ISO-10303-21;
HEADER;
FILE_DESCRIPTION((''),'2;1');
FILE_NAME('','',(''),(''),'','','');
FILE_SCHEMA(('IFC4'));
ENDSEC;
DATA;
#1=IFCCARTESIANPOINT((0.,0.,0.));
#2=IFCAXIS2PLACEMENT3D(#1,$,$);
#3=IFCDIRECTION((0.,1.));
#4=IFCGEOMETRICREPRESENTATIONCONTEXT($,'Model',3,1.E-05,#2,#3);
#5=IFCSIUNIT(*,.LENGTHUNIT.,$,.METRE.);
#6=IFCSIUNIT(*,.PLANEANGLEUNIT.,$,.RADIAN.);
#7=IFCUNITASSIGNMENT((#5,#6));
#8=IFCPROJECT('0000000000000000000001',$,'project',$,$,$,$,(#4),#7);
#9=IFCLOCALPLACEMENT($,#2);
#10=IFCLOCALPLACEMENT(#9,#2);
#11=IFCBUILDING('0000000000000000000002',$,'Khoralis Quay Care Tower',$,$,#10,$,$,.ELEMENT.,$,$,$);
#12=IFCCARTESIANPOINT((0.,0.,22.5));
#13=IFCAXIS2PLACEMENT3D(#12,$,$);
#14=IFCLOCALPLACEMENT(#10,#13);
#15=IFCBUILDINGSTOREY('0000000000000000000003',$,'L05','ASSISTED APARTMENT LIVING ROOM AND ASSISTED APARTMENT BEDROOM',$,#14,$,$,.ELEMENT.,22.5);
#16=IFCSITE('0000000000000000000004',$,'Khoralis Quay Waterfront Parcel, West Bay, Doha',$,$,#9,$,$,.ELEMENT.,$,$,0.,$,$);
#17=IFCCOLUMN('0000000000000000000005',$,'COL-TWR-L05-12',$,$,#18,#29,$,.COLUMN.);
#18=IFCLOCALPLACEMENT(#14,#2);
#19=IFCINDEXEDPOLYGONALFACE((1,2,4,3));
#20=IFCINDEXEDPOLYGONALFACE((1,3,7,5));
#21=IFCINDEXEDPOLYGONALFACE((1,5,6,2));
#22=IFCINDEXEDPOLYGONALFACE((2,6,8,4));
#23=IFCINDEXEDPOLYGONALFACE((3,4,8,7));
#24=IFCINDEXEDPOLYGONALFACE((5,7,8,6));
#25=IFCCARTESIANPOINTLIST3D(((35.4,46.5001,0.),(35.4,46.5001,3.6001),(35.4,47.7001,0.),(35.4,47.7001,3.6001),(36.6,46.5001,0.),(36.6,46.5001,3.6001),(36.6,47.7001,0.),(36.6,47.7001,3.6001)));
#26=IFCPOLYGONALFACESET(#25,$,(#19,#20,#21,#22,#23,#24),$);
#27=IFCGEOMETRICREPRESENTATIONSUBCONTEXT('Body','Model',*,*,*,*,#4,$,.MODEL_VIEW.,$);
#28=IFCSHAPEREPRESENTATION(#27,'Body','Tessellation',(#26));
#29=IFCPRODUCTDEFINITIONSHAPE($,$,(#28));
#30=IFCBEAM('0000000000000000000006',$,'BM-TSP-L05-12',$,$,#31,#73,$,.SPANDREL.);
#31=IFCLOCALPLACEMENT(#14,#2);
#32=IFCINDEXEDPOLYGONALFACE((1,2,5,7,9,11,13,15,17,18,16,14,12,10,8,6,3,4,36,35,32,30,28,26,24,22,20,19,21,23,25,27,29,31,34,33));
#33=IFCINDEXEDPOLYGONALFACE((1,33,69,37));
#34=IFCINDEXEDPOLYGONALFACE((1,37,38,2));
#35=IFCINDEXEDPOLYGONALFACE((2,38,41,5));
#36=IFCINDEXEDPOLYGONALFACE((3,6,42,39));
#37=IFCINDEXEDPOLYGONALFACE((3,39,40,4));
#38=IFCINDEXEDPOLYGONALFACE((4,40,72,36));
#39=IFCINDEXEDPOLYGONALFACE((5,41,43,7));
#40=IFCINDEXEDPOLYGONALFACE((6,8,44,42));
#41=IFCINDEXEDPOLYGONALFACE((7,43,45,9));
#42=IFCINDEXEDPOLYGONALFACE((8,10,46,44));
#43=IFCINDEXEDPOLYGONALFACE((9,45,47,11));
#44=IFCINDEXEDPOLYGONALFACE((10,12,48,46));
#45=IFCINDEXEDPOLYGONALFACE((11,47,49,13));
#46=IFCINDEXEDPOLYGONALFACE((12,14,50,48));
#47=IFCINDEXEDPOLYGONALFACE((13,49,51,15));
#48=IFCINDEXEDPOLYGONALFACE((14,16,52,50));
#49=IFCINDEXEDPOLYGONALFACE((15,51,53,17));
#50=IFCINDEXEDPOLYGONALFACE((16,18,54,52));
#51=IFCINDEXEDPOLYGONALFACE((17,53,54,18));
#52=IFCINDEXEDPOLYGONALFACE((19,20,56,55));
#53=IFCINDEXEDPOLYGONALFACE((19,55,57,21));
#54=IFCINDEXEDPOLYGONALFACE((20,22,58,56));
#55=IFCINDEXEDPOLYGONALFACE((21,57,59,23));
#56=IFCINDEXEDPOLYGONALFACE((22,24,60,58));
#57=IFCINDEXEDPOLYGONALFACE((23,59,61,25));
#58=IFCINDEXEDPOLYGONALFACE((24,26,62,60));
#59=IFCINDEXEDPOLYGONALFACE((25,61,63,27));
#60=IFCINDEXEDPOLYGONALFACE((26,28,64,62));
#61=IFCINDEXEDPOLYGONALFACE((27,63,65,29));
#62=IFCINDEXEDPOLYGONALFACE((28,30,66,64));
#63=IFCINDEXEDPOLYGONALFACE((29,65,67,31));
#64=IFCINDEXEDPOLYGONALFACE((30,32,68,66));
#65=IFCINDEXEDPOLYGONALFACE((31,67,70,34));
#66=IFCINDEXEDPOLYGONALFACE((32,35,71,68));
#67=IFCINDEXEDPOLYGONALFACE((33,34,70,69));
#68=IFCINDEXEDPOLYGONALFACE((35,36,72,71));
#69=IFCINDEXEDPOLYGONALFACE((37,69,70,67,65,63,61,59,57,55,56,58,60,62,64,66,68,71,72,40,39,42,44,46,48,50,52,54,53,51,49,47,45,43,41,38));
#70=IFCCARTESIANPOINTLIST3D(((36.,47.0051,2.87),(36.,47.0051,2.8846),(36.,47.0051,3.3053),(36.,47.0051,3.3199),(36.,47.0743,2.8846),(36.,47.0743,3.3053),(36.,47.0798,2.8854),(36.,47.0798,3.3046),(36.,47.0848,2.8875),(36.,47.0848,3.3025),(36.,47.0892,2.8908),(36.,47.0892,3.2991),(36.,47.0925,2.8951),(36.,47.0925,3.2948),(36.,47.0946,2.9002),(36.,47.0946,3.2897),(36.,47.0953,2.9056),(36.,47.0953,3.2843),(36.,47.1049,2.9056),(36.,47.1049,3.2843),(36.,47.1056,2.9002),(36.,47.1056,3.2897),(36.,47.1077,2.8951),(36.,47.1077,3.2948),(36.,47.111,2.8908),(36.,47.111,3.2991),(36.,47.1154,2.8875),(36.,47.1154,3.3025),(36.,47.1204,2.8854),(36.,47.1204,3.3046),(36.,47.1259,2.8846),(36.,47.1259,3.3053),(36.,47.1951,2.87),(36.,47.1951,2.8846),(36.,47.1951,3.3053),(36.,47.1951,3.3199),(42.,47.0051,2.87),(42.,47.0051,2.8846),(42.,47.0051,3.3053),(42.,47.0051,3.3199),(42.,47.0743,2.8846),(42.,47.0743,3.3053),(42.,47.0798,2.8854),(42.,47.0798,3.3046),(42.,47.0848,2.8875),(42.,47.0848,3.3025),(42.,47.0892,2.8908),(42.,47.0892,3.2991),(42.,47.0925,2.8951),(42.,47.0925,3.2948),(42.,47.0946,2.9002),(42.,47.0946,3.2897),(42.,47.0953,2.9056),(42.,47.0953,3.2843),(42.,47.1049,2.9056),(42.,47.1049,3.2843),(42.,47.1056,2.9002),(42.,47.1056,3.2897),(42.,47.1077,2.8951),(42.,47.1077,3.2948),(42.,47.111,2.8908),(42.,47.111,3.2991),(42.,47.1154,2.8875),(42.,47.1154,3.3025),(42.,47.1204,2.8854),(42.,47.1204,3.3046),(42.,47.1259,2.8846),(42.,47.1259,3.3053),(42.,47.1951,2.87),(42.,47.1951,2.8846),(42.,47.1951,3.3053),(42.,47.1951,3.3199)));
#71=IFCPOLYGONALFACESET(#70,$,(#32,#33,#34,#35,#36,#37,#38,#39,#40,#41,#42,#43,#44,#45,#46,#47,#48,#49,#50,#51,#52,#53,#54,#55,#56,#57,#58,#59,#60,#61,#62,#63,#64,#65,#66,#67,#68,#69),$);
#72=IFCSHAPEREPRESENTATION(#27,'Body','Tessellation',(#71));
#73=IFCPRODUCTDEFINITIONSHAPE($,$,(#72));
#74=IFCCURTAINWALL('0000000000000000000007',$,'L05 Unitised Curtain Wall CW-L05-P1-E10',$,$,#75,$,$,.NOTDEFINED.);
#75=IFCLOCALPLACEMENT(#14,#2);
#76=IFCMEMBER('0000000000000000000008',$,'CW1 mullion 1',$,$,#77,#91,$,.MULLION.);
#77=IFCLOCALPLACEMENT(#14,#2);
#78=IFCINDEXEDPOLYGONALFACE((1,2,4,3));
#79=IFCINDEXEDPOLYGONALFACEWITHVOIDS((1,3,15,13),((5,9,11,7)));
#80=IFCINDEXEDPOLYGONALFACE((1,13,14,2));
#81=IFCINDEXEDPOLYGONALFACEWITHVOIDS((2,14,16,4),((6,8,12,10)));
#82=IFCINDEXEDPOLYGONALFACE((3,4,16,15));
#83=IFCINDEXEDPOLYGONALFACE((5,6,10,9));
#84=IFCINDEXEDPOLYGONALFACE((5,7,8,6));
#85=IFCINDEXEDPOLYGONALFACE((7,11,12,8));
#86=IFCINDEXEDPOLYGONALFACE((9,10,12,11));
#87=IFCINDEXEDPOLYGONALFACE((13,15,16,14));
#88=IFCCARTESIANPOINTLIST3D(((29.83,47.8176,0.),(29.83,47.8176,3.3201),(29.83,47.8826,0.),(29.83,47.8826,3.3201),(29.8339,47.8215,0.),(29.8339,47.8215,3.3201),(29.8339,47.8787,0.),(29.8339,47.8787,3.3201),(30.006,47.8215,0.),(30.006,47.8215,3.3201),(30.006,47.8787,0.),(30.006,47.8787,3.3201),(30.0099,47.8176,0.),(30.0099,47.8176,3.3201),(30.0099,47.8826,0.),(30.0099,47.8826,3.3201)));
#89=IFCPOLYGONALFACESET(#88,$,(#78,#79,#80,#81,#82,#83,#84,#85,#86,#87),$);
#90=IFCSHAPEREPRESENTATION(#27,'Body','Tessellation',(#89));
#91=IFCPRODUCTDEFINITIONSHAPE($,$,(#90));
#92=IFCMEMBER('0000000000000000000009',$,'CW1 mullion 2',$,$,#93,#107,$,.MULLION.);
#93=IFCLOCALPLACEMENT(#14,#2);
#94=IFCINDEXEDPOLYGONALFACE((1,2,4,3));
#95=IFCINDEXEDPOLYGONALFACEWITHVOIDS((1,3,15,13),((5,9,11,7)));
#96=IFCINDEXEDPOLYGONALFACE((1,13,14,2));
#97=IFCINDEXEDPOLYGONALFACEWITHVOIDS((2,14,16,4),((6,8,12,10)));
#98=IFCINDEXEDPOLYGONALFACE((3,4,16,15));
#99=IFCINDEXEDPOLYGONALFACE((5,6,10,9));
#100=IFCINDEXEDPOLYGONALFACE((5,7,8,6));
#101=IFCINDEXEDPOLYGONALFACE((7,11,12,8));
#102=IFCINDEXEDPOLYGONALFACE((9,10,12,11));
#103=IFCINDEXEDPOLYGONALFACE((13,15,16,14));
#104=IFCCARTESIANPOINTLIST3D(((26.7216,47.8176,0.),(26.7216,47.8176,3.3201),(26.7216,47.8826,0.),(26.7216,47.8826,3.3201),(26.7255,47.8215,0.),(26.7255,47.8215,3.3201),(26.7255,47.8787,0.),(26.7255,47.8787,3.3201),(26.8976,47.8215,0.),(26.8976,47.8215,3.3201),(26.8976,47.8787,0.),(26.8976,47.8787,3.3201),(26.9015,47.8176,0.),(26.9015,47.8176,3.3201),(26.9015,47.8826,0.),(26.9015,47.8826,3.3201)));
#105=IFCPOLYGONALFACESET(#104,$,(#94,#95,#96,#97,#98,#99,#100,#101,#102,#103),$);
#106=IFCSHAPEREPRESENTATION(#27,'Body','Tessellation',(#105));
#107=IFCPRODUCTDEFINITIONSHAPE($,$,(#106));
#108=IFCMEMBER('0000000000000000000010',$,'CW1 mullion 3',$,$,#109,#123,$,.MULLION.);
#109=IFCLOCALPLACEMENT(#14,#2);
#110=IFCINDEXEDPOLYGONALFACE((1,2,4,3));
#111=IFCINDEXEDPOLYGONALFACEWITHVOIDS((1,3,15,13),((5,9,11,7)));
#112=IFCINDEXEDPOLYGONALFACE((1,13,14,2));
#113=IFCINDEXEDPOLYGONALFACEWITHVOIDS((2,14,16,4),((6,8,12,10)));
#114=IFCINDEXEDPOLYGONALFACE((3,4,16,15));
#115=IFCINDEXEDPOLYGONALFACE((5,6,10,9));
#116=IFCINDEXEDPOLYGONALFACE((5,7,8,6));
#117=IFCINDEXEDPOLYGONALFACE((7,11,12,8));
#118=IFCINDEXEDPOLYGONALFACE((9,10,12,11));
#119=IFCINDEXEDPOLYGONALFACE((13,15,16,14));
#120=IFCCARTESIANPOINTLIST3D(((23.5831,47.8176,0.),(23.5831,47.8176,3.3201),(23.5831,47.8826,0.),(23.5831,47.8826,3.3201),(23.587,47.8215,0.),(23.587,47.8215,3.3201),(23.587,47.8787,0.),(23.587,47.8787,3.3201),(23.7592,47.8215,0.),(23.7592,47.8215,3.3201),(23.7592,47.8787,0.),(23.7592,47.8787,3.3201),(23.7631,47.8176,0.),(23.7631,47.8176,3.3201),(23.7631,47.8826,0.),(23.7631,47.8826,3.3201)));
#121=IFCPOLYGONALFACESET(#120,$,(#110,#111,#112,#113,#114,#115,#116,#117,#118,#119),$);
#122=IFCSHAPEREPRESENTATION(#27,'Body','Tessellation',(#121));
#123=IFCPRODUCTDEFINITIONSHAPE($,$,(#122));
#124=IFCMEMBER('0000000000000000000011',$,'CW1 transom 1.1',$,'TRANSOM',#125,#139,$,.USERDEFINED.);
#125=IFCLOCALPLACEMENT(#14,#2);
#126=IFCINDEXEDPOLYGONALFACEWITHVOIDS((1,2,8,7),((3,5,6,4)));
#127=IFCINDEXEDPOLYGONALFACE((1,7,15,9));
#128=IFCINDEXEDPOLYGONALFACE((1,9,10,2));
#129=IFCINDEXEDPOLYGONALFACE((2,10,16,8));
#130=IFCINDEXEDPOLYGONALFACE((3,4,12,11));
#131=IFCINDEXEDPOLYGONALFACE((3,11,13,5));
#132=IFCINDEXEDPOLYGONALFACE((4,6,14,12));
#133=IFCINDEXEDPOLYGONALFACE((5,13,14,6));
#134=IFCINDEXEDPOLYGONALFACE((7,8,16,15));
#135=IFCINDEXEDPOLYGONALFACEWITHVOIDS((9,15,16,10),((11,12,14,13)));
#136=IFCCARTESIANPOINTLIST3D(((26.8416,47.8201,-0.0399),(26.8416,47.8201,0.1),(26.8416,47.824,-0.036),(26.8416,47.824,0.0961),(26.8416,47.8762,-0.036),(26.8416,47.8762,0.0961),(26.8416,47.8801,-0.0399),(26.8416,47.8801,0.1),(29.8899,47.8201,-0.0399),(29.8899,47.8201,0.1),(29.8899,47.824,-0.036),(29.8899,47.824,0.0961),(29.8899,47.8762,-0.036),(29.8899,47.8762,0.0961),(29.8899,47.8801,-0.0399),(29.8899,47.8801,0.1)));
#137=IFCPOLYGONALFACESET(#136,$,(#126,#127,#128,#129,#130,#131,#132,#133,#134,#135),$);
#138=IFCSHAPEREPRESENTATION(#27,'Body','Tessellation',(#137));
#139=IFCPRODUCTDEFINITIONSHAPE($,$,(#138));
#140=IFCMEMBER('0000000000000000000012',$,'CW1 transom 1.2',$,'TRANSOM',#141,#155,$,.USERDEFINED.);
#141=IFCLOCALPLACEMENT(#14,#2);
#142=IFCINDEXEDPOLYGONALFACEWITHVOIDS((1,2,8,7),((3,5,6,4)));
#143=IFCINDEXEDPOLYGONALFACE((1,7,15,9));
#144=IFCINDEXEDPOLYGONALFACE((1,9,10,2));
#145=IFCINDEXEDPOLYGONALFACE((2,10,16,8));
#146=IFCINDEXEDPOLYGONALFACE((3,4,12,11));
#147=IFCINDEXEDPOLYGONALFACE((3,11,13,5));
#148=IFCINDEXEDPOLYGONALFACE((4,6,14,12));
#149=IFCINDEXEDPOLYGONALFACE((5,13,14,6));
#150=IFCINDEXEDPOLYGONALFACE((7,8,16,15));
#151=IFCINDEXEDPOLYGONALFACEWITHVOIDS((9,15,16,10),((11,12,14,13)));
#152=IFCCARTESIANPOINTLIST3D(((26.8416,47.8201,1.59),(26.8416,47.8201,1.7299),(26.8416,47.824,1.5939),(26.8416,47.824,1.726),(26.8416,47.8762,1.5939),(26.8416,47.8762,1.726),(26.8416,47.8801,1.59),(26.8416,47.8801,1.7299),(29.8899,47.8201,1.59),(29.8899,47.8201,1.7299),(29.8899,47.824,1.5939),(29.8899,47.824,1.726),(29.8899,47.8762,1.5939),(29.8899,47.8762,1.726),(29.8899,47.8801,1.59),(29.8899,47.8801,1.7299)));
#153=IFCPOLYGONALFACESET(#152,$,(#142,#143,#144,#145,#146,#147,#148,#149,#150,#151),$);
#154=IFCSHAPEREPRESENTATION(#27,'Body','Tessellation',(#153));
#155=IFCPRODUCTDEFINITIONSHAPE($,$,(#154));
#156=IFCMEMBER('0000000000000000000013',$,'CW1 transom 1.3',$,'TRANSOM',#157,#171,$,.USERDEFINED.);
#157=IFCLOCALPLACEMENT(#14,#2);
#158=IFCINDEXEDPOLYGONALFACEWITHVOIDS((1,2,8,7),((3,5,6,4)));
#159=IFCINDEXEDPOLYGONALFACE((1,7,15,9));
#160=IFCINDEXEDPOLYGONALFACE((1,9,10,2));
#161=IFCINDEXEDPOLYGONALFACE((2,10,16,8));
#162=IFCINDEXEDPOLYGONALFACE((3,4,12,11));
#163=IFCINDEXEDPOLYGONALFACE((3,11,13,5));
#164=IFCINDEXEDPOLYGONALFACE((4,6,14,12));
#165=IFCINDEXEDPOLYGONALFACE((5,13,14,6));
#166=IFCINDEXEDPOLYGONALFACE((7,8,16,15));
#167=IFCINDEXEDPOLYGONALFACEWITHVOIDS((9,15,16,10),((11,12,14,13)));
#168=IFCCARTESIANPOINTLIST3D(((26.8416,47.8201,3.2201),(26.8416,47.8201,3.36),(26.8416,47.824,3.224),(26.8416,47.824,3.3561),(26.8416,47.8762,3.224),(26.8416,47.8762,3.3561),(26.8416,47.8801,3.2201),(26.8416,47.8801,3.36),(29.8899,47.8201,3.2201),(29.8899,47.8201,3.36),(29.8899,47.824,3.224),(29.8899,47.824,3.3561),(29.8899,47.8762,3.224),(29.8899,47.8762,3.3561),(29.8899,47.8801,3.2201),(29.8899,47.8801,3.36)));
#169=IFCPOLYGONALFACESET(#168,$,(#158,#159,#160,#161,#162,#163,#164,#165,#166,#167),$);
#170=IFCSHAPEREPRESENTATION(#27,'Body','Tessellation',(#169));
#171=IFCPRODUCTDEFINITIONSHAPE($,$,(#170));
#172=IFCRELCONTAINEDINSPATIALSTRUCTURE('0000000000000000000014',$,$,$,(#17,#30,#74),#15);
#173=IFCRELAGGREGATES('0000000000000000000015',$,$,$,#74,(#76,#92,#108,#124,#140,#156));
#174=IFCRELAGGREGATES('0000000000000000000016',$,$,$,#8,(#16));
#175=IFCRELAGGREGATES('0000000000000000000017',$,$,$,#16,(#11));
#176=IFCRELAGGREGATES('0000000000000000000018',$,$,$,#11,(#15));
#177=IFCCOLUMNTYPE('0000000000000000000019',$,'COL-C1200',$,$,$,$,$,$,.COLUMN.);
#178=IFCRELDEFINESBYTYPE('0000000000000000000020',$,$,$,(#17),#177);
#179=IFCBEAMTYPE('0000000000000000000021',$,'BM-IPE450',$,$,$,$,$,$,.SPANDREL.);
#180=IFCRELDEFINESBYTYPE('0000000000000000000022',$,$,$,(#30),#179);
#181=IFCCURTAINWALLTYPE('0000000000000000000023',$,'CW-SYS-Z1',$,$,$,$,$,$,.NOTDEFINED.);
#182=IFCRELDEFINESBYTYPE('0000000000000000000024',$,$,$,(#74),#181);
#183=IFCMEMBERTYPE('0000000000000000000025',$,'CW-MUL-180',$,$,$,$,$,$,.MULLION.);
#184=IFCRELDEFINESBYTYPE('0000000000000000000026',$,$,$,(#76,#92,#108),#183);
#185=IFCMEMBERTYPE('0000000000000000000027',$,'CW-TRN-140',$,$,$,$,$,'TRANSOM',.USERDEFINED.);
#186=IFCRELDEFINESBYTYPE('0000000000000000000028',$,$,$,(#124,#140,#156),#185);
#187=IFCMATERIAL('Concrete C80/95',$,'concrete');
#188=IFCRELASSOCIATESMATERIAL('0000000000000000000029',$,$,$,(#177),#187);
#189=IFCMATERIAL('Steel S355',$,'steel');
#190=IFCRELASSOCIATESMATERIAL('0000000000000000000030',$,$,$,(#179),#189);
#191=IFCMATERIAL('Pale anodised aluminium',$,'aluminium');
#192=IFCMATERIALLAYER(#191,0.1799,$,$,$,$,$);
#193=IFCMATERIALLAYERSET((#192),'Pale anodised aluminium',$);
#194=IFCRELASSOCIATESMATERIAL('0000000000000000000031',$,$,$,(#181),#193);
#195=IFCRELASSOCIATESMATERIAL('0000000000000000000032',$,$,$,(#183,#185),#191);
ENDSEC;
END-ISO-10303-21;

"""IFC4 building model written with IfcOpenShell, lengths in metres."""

from ifc_helpers import new_model, si_unit, direction, frame, origin, origin_2d, place, context, subcontext, project, spatial, rectangle, hollow_rectangle, i_section, extrude, source, transform, mapped, material, layer, layer_set, material_profile, profile_set, type_object, element, aggregate, save


model = new_model("IFC4")

# Units and contexts
model_context = context("Model", 3, precision=1e-05, world=origin(), true_north=direction((0.0, 1.0)))
body_context = subcontext(model_context, "Body", "Model", "MODEL_VIEW")
ifc_project = project(units=[si_unit("LENGTHUNIT", "METRE"), si_unit("PLANEANGLEUNIT", "RADIAN")], contexts=[model_context])

# Site, building, storey
site_placement = place(None, origin())
site = spatial("IfcSite", under=ifc_project, at=site_placement, Name="Khoralis Quay Waterfront Parcel, West Bay, Doha", CompositionType="ELEMENT", RefElevation=0.0)
building_placement = place(site_placement, origin())
building = spatial("IfcBuilding", under=site, at=building_placement, Name="Khoralis Quay Care Tower", CompositionType="ELEMENT")
storey_placement = place(building_placement, frame((0.0, 0.0, 22.5)))
storey = spatial("IfcBuildingStorey", under=building, at=storey_placement, Name="L05", Description="ASSISTED APARTMENT LIVING ROOM AND ASSISTED APARTMENT BEDROOM", CompositionType="ELEMENT", Elevation=22.5)

# Column
ifc_material_1 = material(Name="Concrete C80/95", Category="concrete")
ifc_material_profile_1 = material_profile(ifc_material_1, rectangle(XDim=1.2, YDim=1.2, at=origin_2d()), Name="Concrete C80/95")
ifc_profile_set_1 = profile_set([ifc_material_profile_1], Name="Concrete C80/95")
column_type = type_object("IfcColumnType", Name="COL-C1200", PredefinedType="COLUMN", material=ifc_profile_set_1)
shared_shape_1 = source(origin(), body_context, "Body", "SweptSolid", [
    extrude(rectangle(XDim=1.2, YDim=1.2, at=origin_2d()), origin(), (0.0, 0.0, 1.0), 3.6001),
])
column_placement = place(storey_placement, frame((36.0, 47.1001, 0.0), z_axis=(0.0, 0.0, 1.0), x_axis=(1.0, 0.0, 0.0)))
element("IfcColumn", 1, at=column_placement, inside=storey, type_object=column_type, Name="COL-TWR-L05-12", PredefinedType="COLUMN", context=body_context, shape_type="MappedRepresentation", body=[
    mapped(shared_shape_1, transform((0.0, 0.0, 0.0), scale=1.0)),
])

# Beam
ifc_material_2 = material(Name="Steel S355", Category="steel")
ifc_material_profile_2 = material_profile(ifc_material_2, i_section(OverallWidth=0.1899, OverallDepth=0.45, WebThickness=0.0095, FlangeThickness=0.0146, FilletRadius=0.021, at=origin_2d()), Name="Steel S355")
ifc_profile_set_2 = profile_set([ifc_material_profile_2], Name="Steel S355")
beam_type = type_object("IfcBeamType", Name="BM-IPE450", PredefinedType="SPANDREL", material=ifc_profile_set_2)
shared_shape_2 = source(origin(), body_context, "Body", "SweptSolid", [
    extrude(i_section(OverallWidth=0.1899, OverallDepth=0.45, WebThickness=0.0095, FlangeThickness=0.0146, FilletRadius=0.021, at=origin_2d()), origin(), (0.0, 0.0, 1.0), 6.0),
])
beam_placement = place(storey_placement, frame((36.0, 47.1001, 3.095), z_axis=(1.0, 0.0, 0.0), x_axis=(0.0, 1.0, 0.0)))
element("IfcBeam", 2, at=beam_placement, inside=storey, type_object=beam_type, Name="BM-TSP-L05-12", PredefinedType="SPANDREL", context=body_context, shape_type="MappedRepresentation", body=[
    mapped(shared_shape_2, transform((0.0, 0.0, 0.0), scale=1.0)),
])

# Curtain wall, members
ifc_material_3 = material(Name="Pale anodised aluminium", Category="aluminium")
ifc_layer_1 = layer(ifc_material_3, 0.1799)
ifc_layer_set_1 = layer_set([ifc_layer_1], Name="Pale anodised aluminium")
curtain_wall_type = type_object("IfcCurtainWallType", Name="CW-SYS-Z1", PredefinedType="NOTDEFINED", material=ifc_layer_set_1)
curtain_wall_placement = place(storey_placement, origin())
curtain_wall = element("IfcCurtainWall", 3, at=curtain_wall_placement, inside=storey, type_object=curtain_wall_type, Name="L05 Unitised Curtain Wall CW-L05-P1-E10", PredefinedType="NOTDEFINED")
ifc_material_profile_3 = material_profile(ifc_material_3, hollow_rectangle(XDim=0.0649, YDim=0.1799, WallThickness=0.0039, at=origin_2d()), Name="Pale anodised aluminium")
ifc_profile_set_3 = profile_set([ifc_material_profile_3], Name="Pale anodised aluminium")
member_type_1 = type_object("IfcMemberType", Name="CW-MUL-180", PredefinedType="MULLION", material=ifc_profile_set_3)
shared_shape_3 = source(origin(), body_context, "Body", "SweptSolid", [
    extrude(hollow_rectangle(XDim=0.0649, YDim=0.1799, WallThickness=0.0039, at=origin_2d()), origin(), (0.0, 0.0, 1.0), 3.3201),
])
member_1_placement = place(storey_placement, frame((29.9199, 47.8501, 0.0), z_axis=(0.0, 0.0, 1.0), x_axis=(0.0, -1.0, 0.0)))
member_1 = element("IfcMember", 4, at=member_1_placement, type_object=member_type_1, Name="CW1 mullion 1", PredefinedType="MULLION", context=body_context, shape_type="MappedRepresentation", body=[
    mapped(shared_shape_3, transform((0.0, 0.0, 0.0), scale=1.0)),
])
member_2_placement = place(storey_placement, frame((26.8115, 47.8501, 0.0), z_axis=(0.0, 0.0, 1.0), x_axis=(0.0, -1.0, 0.0)))
member_2 = element("IfcMember", 5, at=member_2_placement, type_object=member_type_1, Name="CW1 mullion 2", PredefinedType="MULLION", context=body_context, shape_type="MappedRepresentation", body=[
    mapped(shared_shape_3, transform((0.0, 0.0, 0.0), scale=1.0)),
])
member_3_placement = place(storey_placement, frame((23.6731, 47.8501, 0.0), z_axis=(0.0, 0.0, 1.0), x_axis=(0.0, -1.0, 0.0)))
member_3 = element("IfcMember", 6, at=member_3_placement, type_object=member_type_1, Name="CW1 mullion 3", PredefinedType="MULLION", context=body_context, shape_type="MappedRepresentation", body=[
    mapped(shared_shape_3, transform((0.0, 0.0, 0.0), scale=1.0)),
])
ifc_material_profile_4 = material_profile(ifc_material_3, hollow_rectangle(XDim=0.0601, YDim=0.1399, WallThickness=0.0039, at=origin_2d()), Name="Pale anodised aluminium")
ifc_profile_set_4 = profile_set([ifc_material_profile_4], Name="Pale anodised aluminium")
member_type_2 = type_object("IfcMemberType", Name="CW-TRN-140", ElementType="TRANSOM", PredefinedType="USERDEFINED", material=ifc_profile_set_4)
shared_shape_4 = source(origin(), body_context, "Body", "SweptSolid", [
    extrude(hollow_rectangle(XDim=0.0601, YDim=0.1399, WallThickness=0.0039, at=origin_2d()), origin(), (0.0, 0.0, 1.0), 3.0483),
])
member_4_placement = place(storey_placement, frame((29.8899, 47.8501, 0.03), z_axis=(-1.0, 0.0, 0.0), x_axis=(0.0, -1.0, 0.0)))
member_4 = element("IfcMember", 7, at=member_4_placement, type_object=member_type_2, Name="CW1 transom 1.1", ObjectType="TRANSOM", PredefinedType="USERDEFINED", context=body_context, shape_type="MappedRepresentation", body=[
    mapped(shared_shape_4, transform((0.0, 0.0, 0.0), scale=1.0)),
])
member_5_placement = place(storey_placement, frame((29.8899, 47.8501, 1.6599), z_axis=(-1.0, 0.0, 0.0), x_axis=(0.0, -1.0, 0.0)))
member_5 = element("IfcMember", 8, at=member_5_placement, type_object=member_type_2, Name="CW1 transom 1.2", ObjectType="TRANSOM", PredefinedType="USERDEFINED", context=body_context, shape_type="MappedRepresentation", body=[
    mapped(shared_shape_4, transform((0.0, 0.0, 0.0), scale=1.0)),
])
member_6_placement = place(storey_placement, frame((29.8899, 47.8501, 3.29), z_axis=(-1.0, 0.0, 0.0), x_axis=(0.0, -1.0, 0.0)))
member_6 = element("IfcMember", 9, at=member_6_placement, type_object=member_type_2, Name="CW1 transom 1.3", ObjectType="TRANSOM", PredefinedType="USERDEFINED", context=body_context, shape_type="MappedRepresentation", body=[
    mapped(shared_shape_4, transform((0.0, 0.0, 0.0), scale=1.0)),
])
aggregate(curtain_wall, [member_1, member_2, member_3, member_4, member_5, member_6])

save(model, "model.ifc")
